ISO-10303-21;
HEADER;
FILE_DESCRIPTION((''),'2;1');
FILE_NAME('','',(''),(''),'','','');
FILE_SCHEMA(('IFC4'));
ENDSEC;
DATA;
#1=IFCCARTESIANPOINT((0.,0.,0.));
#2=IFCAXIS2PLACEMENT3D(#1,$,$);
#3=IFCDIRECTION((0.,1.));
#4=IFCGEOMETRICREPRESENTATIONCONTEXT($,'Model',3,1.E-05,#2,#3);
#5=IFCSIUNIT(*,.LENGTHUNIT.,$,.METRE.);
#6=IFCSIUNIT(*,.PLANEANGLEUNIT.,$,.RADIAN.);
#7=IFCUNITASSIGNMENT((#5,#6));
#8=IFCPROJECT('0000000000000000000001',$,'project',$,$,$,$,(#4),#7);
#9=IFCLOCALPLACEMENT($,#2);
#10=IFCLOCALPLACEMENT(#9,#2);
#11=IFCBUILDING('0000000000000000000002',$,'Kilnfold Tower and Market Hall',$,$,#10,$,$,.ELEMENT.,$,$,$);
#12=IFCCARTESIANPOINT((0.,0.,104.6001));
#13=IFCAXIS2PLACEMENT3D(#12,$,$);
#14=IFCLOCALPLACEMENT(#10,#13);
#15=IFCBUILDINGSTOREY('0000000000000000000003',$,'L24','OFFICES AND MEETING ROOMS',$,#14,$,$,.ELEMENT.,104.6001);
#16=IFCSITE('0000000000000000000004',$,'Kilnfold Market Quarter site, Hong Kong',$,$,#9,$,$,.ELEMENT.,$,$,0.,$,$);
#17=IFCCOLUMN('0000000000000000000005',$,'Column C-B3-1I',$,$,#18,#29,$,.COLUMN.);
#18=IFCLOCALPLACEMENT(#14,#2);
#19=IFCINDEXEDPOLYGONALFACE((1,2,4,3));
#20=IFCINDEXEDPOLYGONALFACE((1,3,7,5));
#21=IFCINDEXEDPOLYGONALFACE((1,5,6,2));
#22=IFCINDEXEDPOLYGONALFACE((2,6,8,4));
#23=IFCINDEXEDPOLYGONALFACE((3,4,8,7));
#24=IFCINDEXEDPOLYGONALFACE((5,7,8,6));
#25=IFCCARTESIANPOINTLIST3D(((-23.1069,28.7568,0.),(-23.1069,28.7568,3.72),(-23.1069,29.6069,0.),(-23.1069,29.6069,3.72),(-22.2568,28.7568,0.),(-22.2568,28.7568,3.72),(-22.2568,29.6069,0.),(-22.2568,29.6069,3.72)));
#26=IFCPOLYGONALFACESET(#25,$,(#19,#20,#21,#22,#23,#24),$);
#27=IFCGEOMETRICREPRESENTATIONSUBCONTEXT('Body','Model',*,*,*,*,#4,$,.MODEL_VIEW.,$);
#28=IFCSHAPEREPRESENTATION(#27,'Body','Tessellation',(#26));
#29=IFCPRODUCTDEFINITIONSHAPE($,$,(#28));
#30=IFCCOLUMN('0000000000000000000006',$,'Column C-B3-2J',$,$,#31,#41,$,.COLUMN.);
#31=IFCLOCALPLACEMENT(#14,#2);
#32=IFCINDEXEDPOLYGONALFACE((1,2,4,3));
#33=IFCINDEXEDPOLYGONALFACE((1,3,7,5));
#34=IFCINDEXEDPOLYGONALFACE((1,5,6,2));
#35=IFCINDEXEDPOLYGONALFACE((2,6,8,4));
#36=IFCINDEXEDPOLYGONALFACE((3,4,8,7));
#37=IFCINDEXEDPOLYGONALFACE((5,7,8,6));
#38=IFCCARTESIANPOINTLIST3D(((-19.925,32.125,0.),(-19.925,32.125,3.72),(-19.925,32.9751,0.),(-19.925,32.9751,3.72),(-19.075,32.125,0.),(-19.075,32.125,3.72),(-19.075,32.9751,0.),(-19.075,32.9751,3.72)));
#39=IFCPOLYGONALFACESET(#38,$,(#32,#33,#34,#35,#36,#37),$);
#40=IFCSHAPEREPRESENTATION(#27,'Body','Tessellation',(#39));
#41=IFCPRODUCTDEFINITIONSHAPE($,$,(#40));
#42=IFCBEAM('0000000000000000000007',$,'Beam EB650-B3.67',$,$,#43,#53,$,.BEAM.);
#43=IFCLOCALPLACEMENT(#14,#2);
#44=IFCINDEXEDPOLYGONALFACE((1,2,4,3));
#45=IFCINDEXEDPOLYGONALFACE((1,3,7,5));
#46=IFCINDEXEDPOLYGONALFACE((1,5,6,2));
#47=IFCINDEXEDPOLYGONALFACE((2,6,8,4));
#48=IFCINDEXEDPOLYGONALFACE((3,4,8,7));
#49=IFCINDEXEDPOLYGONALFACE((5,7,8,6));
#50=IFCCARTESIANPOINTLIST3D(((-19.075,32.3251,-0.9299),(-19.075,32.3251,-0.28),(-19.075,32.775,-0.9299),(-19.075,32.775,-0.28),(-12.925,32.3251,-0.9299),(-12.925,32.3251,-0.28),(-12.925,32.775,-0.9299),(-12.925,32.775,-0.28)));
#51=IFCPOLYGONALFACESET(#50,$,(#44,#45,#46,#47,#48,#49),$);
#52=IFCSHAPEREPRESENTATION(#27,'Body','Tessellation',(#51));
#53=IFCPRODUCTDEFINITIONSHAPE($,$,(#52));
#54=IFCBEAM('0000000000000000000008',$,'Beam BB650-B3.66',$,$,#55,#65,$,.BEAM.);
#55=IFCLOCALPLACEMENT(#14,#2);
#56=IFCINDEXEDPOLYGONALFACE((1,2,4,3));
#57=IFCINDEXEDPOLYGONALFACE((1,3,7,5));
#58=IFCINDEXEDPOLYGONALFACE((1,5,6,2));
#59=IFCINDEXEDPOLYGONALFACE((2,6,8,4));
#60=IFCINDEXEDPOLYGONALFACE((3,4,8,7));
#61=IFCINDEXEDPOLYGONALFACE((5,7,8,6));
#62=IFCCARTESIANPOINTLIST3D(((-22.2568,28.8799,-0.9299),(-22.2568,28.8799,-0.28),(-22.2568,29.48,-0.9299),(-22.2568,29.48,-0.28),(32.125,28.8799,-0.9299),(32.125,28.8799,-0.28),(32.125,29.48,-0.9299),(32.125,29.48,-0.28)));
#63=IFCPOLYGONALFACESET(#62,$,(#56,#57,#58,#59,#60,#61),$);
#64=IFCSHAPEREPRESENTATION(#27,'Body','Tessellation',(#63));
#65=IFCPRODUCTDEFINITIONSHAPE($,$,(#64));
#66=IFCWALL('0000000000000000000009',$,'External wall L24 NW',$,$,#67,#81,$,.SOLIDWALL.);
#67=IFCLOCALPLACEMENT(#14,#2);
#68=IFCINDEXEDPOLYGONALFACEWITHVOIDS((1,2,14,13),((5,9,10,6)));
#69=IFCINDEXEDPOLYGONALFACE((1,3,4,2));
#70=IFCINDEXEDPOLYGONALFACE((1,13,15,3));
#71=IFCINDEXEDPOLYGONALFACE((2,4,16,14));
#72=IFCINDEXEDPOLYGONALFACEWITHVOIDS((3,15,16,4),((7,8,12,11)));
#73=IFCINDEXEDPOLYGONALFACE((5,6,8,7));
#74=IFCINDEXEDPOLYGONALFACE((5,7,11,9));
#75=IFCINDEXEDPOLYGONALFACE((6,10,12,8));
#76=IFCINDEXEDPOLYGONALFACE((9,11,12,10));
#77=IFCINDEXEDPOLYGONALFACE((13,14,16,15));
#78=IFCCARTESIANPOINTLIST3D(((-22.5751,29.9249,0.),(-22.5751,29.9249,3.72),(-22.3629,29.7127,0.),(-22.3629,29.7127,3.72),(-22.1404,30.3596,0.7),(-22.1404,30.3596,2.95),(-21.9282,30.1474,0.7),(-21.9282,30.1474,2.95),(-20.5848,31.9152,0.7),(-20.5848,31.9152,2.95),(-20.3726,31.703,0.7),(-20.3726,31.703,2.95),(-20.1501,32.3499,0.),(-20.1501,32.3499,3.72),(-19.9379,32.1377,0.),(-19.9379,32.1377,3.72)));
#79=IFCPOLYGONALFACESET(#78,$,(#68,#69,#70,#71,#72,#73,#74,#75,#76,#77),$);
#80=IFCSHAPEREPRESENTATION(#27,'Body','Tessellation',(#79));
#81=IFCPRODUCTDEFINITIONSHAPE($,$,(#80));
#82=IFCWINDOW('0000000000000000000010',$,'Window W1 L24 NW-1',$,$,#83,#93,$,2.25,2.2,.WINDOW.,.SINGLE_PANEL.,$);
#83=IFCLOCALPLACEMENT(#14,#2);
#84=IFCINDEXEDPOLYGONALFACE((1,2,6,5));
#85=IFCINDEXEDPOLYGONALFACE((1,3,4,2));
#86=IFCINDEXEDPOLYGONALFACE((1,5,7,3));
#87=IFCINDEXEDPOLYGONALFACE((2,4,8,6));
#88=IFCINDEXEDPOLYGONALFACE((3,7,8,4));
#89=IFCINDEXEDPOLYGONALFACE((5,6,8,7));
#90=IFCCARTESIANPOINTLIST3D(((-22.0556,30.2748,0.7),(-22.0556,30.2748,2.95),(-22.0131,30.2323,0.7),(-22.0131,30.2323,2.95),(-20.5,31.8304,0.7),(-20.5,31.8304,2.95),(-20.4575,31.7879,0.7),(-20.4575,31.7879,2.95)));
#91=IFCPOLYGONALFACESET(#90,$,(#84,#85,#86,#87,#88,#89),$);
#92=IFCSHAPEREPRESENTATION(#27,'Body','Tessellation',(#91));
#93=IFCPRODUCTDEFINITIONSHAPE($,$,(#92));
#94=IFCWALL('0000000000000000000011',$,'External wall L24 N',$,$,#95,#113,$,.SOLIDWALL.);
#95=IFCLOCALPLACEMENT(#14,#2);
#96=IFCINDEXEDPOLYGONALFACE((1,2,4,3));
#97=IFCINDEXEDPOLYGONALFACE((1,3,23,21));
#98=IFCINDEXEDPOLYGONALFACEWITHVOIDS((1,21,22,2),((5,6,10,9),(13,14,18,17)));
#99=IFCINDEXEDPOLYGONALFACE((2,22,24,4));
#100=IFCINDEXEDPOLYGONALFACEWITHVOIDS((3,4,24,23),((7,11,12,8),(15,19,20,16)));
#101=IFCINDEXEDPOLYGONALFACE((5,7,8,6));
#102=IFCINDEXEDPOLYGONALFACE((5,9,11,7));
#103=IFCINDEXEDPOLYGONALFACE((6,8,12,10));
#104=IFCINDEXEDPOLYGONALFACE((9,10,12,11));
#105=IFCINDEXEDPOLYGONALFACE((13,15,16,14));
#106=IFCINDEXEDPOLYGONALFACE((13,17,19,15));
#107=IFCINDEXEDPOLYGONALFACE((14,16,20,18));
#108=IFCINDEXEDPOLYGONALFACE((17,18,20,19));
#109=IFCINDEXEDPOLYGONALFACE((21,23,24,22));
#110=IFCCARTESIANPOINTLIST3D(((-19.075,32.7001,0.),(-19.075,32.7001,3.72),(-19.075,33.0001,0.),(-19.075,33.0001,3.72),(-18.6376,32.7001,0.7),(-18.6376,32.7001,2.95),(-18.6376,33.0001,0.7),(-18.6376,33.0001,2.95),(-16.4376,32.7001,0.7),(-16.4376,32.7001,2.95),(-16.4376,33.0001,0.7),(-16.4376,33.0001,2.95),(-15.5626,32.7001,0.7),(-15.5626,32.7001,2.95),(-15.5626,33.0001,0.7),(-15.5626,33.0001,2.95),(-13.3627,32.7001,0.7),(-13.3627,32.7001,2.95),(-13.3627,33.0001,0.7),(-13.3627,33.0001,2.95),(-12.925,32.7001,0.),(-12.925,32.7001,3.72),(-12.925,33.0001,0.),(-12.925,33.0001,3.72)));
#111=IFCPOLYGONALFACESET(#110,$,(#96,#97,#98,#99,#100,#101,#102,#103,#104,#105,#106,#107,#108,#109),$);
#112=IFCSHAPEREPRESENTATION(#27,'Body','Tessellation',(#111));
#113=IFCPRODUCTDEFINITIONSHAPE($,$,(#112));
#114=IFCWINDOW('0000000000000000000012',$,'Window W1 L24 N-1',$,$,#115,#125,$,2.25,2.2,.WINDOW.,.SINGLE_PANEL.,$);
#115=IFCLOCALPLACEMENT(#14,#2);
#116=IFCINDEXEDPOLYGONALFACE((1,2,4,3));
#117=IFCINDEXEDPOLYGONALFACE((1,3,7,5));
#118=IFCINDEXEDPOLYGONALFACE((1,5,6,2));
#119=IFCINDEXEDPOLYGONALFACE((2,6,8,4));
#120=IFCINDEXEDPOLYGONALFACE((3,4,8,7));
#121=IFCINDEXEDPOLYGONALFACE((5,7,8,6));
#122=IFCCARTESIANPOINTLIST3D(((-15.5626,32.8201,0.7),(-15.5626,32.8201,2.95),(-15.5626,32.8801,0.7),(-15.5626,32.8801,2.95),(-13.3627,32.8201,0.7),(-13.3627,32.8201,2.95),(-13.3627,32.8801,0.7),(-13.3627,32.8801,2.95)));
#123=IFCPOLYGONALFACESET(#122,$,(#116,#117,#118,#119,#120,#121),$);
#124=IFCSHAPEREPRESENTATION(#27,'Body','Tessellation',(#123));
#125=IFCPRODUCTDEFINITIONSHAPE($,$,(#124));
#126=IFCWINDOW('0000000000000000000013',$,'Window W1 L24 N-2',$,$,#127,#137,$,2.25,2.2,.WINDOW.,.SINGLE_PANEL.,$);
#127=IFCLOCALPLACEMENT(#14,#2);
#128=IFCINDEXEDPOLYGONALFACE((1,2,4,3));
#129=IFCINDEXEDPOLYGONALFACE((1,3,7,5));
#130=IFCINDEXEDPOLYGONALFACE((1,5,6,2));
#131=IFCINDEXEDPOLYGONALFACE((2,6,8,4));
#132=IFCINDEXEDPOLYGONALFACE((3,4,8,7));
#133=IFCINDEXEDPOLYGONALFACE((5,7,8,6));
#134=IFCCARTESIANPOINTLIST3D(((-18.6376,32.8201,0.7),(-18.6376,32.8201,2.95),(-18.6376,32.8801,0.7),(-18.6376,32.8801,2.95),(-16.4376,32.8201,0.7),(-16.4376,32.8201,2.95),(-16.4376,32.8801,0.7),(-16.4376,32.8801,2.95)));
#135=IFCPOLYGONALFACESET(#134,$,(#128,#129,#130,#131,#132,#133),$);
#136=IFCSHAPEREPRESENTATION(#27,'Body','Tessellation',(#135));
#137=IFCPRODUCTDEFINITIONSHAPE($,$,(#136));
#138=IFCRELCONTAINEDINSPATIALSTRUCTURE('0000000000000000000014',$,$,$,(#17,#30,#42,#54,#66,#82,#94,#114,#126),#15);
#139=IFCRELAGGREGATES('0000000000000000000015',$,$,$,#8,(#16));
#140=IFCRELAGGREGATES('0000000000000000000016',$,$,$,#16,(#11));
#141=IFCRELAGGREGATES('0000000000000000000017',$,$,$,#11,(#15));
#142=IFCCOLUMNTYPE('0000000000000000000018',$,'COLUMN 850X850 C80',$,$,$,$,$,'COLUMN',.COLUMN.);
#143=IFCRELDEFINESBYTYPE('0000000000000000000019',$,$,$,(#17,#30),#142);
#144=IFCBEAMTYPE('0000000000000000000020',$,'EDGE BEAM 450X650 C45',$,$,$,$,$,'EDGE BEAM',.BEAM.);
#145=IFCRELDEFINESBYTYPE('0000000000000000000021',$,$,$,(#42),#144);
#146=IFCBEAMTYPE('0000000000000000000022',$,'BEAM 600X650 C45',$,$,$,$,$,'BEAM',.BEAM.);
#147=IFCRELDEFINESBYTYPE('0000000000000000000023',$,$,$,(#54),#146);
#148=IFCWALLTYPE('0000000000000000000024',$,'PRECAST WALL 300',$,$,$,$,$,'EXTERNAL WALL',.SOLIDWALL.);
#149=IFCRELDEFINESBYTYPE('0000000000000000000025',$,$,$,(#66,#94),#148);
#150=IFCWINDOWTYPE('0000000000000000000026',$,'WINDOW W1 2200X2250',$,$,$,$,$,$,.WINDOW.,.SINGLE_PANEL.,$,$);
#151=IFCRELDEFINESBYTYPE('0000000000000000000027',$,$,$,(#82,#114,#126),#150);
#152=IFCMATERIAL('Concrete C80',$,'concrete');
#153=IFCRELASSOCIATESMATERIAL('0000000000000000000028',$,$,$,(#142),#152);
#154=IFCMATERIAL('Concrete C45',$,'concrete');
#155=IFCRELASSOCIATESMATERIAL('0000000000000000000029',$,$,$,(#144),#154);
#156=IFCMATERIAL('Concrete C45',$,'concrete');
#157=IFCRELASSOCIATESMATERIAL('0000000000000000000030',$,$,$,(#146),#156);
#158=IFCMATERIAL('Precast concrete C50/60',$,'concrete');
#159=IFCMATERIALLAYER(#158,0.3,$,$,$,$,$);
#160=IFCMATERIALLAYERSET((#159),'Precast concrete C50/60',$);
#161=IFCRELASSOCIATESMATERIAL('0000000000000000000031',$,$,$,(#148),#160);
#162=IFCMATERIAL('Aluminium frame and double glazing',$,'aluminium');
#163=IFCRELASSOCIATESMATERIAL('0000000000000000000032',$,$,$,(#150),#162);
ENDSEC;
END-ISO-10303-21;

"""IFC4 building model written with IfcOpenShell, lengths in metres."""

from ifc_helpers import new_model, si_unit, direction, frame, frame_2d, origin, origin_2d, place, context, subcontext, project, spatial, rectangle, extrude, source, transform, mapped, material, layer, layer_set, material_profile, profile_set, type_object, element, fill, save


model = new_model("IFC4")

# Units and contexts
model_context = context("Model", 3, precision=1e-05, world=origin(), true_north=direction((0.0, 1.0)))
body_context = subcontext(model_context, "Body", "Model", "MODEL_VIEW")
ifc_project = project(units=[si_unit("LENGTHUNIT", "METRE"), si_unit("PLANEANGLEUNIT", "RADIAN")], contexts=[model_context])

# Site, building, storey
site_placement = place(None, origin())
site = spatial("IfcSite", under=ifc_project, at=site_placement, Name="Kilnfold Market Quarter site, Hong Kong", CompositionType="ELEMENT", RefElevation=0.0)
building_placement = place(site_placement, origin())
building = spatial("IfcBuilding", under=site, at=building_placement, Name="Kilnfold Tower and Market Hall", CompositionType="ELEMENT")
storey_placement = place(building_placement, frame((0.0, 0.0, 104.6001)))
storey = spatial("IfcBuildingStorey", under=building, at=storey_placement, Name="L24", Description="OFFICES AND MEETING ROOMS", CompositionType="ELEMENT", Elevation=104.6001)

# Columns
ifc_material_1 = material(Name="Concrete C80", Category="concrete")
ifc_material_profile_1 = material_profile(ifc_material_1, rectangle(XDim=0.8501, YDim=0.8501, at=origin_2d()), Name="RC 850x850")
ifc_profile_set_1 = profile_set([ifc_material_profile_1], Name="Concrete C80")
column_type = type_object("IfcColumnType", Name="COLUMN 850X850 C80", ElementType="COLUMN", PredefinedType="COLUMN", material=ifc_profile_set_1)
shared_shape_1 = source(origin(), body_context, "Body", "SweptSolid", [
    extrude(rectangle(XDim=0.8501, YDim=0.8501, at=origin_2d()), origin(), (0.0, 0.0, 1.0), 3.72),
])
for number, where, z_axis, x_axis, name in (
    (1, (-22.6819, 29.1819, 0.0), (0.0, 0.0, 1.0), (1.0, 0.0, 0.0), "Column C-B3-1I"),
    (2, (-19.5, 32.55, 0.0), (0.0, 0.0, 1.0), (1.0, 0.0, 0.0), "Column C-B3-2J"),
):
    element("IfcColumn", number, at=place(storey_placement, frame(where, z_axis=z_axis, x_axis=x_axis)), inside=storey, type_object=column_type, Name=name, PredefinedType="COLUMN", context=body_context, shape_type="MappedRepresentation", body=[
        mapped(shared_shape_1, transform((0.0, 0.0, 0.0))),
    ])

# Beams
ifc_material_2 = material(Name="Concrete C45", Category="concrete")
ifc_material_profile_2 = material_profile(ifc_material_2, rectangle(XDim=0.45, YDim=0.6499, at=origin_2d()), Name="RC 450x650")
ifc_profile_set_2 = profile_set([ifc_material_profile_2], Name="Concrete C45")
beam_type_1 = type_object("IfcBeamType", Name="EDGE BEAM 450X650 C45", ElementType="EDGE BEAM", PredefinedType="BEAM", material=ifc_profile_set_2)
shared_shape_2 = source(origin(), body_context, "Body", "SweptSolid", [
    extrude(rectangle(XDim=0.45, YDim=0.6499, at=origin_2d()), origin(), (0.0, 0.0, 1.0), 6.1499),
])
beam_1_placement = place(storey_placement, frame((-19.075, 32.55, -0.605), z_axis=(1.0, 0.0, 0.0), x_axis=(0.0, 1.0, 0.0)))
element("IfcBeam", 3, at=beam_1_placement, inside=storey, type_object=beam_type_1, Name="Beam EB650-B3.67", PredefinedType="BEAM", context=body_context, shape_type="MappedRepresentation", body=[
    mapped(shared_shape_2, transform((0.0, 0.0, 0.0))),
])
ifc_material_3 = material(Name="Concrete C45", Category="concrete")
ifc_material_profile_3 = material_profile(ifc_material_3, rectangle(XDim=0.6001, YDim=0.6499, at=origin_2d()), Name="RC 600x650")
ifc_profile_set_3 = profile_set([ifc_material_profile_3], Name="Concrete C45")
beam_type_2 = type_object("IfcBeamType", Name="BEAM 600X650 C45", ElementType="BEAM", PredefinedType="BEAM", material=ifc_profile_set_3)
shared_shape_3 = source(origin(), body_context, "Body", "SweptSolid", [
    extrude(rectangle(XDim=0.6001, YDim=0.6499, at=origin_2d()), origin(), (0.0, 0.0, 1.0), 54.3818),
])
beam_2_placement = place(storey_placement, frame((-22.2568, 29.1799, -0.605), z_axis=(1.0, 0.0, 0.0), x_axis=(0.0, 1.0, 0.0)))
element("IfcBeam", 4, at=beam_2_placement, inside=storey, type_object=beam_type_2, Name="Beam BB650-B3.66", PredefinedType="BEAM", context=body_context, shape_type="MappedRepresentation", body=[
    mapped(shared_shape_3, transform((0.0, 0.0, 0.0))),
])

# Wall, opening, window
ifc_material_4 = material(Name="Precast concrete C50/60", Category="concrete")
ifc_layer = layer(ifc_material_4, 0.3)
ifc_layer_set = layer_set([ifc_layer], Name="Precast concrete C50/60")
wall_type = type_object("IfcWallType", Name="PRECAST WALL 300", ElementType="EXTERNAL WALL", PredefinedType="SOLIDWALL", material=ifc_layer_set)
shared_shape_4 = source(origin(), body_context, "Body", "SweptSolid", [
    extrude(rectangle(XDim=3.4294, YDim=0.3, at=frame_2d((1.7148, 0.0))), origin(), (0.0, 0.0, 1.0), 3.72),
])
wall_1_placement = place(storey_placement, frame((-20.0439, 32.2439, 0.0), z_axis=(0.0, 0.0, 1.0), x_axis=(-0.707107, -0.707107, 0.0)))
wall_1 = element("IfcWall", 5, at=wall_1_placement, inside=storey, type_object=wall_type, Name="External wall L24 NW", PredefinedType="SOLIDWALL", context=body_context, shape_type="MappedRepresentation", body=[
    mapped(shared_shape_4, transform((0.0, 0.0, 0.0))),
])
opening_1_placement = place(wall_1_placement, frame((0.6147, 0.0, 0.7)))
opening_1 = element("IfcOpeningElement", 6, at=opening_1_placement, cuts=wall_1, PredefinedType="OPENING", context=body_context, shape_type="SweptSolid", body=[
    extrude(rectangle(XDim=2.2, YDim=2.25, at=frame_2d((1.1001, 1.125))), frame((0.0, 0.1602, 0.0), z_axis=(0.0, -1.0, 0.0), x_axis=(1.0, 0.0, 0.0)), (0.0, 0.0, 1.0), 0.3201),
])
ifc_material_5 = material(Name="Aluminium frame and double glazing", Category="aluminium")
window_type = type_object("IfcWindowType", Name="WINDOW W1 2200X2250", PartitioningType="SINGLE_PANEL", PredefinedType="WINDOW", material=ifc_material_5)
window_1_placement = place(opening_1_placement, origin())
window_1 = element("IfcWindow", 7, at=window_1_placement, inside=storey, type_object=window_type, Name="Window W1 L24 NW-1", OverallHeight=2.25, OverallWidth=2.2, PartitioningType="SINGLE_PANEL", PredefinedType="WINDOW", context=body_context, shape_type="SweptSolid", body=[
    extrude(rectangle(XDim=2.2, YDim=2.25, at=frame_2d((1.1001, 1.125))), frame((0.0, 0.03, 0.0), z_axis=(0.0, -1.0, 0.0), x_axis=(1.0, 0.0, 0.0)), (0.0, 0.0, 1.0), 0.0601),
])
fill(opening_1, window_1)

# Wall, openings, windows
shared_shape_5 = source(origin(), body_context, "Body", "SweptSolid", [
    extrude(rectangle(XDim=6.1499, YDim=0.3, at=frame_2d((3.075, 0.0))), origin(), (0.0, 0.0, 1.0), 3.72),
])
wall_2_placement = place(storey_placement, frame((-12.925, 32.8501, 0.0), z_axis=(0.0, 0.0, 1.0), x_axis=(-1.0, 0.0, 0.0)))
wall_2 = element("IfcWall", 8, at=wall_2_placement, inside=storey, type_object=wall_type, Name="External wall L24 N", PredefinedType="SOLIDWALL", context=body_context, shape_type="MappedRepresentation", body=[
    mapped(shared_shape_5, transform((0.0, 0.0, 0.0))),
])
opening_2_placement = place(wall_2_placement, frame((0.4375, 0.0, 0.7)))
opening_2 = element("IfcOpeningElement", 9, at=opening_2_placement, cuts=wall_2, PredefinedType="OPENING", context=body_context, shape_type="SweptSolid", body=[
    extrude(rectangle(XDim=2.2, YDim=2.25, at=frame_2d((1.1001, 1.125))), frame((0.0, 0.1602, 0.0), z_axis=(0.0, -1.0, 0.0), x_axis=(1.0, 0.0, 0.0)), (0.0, 0.0, 1.0), 0.3201),
])
opening_3_placement = place(wall_2_placement, frame((3.5125, 0.0, 0.7)))
opening_3 = element("IfcOpeningElement", 10, at=opening_3_placement, cuts=wall_2, PredefinedType="OPENING", context=body_context, shape_type="SweptSolid", body=[
    extrude(rectangle(XDim=2.2, YDim=2.25, at=frame_2d((1.1001, 1.125))), frame((0.0, 0.1602, 0.0), z_axis=(0.0, -1.0, 0.0), x_axis=(1.0, 0.0, 0.0)), (0.0, 0.0, 1.0), 0.3201),
])
window_2_placement = place(opening_2_placement, origin())
window_2 = element("IfcWindow", 11, at=window_2_placement, inside=storey, type_object=window_type, Name="Window W1 L24 N-1", OverallHeight=2.25, OverallWidth=2.2, PartitioningType="SINGLE_PANEL", PredefinedType="WINDOW", context=body_context, shape_type="SweptSolid", body=[
    extrude(rectangle(XDim=2.2, YDim=2.25, at=frame_2d((1.1001, 1.125))), frame((0.0, 0.03, 0.0), z_axis=(0.0, -1.0, 0.0), x_axis=(1.0, 0.0, 0.0)), (0.0, 0.0, 1.0), 0.0601),
])
fill(opening_2, window_2)
window_3_placement = place(opening_3_placement, origin())
window_3 = element("IfcWindow", 12, at=window_3_placement, inside=storey, type_object=window_type, Name="Window W1 L24 N-2", OverallHeight=2.25, OverallWidth=2.2, PartitioningType="SINGLE_PANEL", PredefinedType="WINDOW", context=body_context, shape_type="SweptSolid", body=[
    extrude(rectangle(XDim=2.2, YDim=2.25, at=frame_2d((1.1001, 1.125))), frame((0.0, 0.03, 0.0), z_axis=(0.0, -1.0, 0.0), x_axis=(1.0, 0.0, 0.0)), (0.0, 0.0, 1.0), 0.0601),
])
fill(opening_3, window_3)

save(model, "model.ifc")
